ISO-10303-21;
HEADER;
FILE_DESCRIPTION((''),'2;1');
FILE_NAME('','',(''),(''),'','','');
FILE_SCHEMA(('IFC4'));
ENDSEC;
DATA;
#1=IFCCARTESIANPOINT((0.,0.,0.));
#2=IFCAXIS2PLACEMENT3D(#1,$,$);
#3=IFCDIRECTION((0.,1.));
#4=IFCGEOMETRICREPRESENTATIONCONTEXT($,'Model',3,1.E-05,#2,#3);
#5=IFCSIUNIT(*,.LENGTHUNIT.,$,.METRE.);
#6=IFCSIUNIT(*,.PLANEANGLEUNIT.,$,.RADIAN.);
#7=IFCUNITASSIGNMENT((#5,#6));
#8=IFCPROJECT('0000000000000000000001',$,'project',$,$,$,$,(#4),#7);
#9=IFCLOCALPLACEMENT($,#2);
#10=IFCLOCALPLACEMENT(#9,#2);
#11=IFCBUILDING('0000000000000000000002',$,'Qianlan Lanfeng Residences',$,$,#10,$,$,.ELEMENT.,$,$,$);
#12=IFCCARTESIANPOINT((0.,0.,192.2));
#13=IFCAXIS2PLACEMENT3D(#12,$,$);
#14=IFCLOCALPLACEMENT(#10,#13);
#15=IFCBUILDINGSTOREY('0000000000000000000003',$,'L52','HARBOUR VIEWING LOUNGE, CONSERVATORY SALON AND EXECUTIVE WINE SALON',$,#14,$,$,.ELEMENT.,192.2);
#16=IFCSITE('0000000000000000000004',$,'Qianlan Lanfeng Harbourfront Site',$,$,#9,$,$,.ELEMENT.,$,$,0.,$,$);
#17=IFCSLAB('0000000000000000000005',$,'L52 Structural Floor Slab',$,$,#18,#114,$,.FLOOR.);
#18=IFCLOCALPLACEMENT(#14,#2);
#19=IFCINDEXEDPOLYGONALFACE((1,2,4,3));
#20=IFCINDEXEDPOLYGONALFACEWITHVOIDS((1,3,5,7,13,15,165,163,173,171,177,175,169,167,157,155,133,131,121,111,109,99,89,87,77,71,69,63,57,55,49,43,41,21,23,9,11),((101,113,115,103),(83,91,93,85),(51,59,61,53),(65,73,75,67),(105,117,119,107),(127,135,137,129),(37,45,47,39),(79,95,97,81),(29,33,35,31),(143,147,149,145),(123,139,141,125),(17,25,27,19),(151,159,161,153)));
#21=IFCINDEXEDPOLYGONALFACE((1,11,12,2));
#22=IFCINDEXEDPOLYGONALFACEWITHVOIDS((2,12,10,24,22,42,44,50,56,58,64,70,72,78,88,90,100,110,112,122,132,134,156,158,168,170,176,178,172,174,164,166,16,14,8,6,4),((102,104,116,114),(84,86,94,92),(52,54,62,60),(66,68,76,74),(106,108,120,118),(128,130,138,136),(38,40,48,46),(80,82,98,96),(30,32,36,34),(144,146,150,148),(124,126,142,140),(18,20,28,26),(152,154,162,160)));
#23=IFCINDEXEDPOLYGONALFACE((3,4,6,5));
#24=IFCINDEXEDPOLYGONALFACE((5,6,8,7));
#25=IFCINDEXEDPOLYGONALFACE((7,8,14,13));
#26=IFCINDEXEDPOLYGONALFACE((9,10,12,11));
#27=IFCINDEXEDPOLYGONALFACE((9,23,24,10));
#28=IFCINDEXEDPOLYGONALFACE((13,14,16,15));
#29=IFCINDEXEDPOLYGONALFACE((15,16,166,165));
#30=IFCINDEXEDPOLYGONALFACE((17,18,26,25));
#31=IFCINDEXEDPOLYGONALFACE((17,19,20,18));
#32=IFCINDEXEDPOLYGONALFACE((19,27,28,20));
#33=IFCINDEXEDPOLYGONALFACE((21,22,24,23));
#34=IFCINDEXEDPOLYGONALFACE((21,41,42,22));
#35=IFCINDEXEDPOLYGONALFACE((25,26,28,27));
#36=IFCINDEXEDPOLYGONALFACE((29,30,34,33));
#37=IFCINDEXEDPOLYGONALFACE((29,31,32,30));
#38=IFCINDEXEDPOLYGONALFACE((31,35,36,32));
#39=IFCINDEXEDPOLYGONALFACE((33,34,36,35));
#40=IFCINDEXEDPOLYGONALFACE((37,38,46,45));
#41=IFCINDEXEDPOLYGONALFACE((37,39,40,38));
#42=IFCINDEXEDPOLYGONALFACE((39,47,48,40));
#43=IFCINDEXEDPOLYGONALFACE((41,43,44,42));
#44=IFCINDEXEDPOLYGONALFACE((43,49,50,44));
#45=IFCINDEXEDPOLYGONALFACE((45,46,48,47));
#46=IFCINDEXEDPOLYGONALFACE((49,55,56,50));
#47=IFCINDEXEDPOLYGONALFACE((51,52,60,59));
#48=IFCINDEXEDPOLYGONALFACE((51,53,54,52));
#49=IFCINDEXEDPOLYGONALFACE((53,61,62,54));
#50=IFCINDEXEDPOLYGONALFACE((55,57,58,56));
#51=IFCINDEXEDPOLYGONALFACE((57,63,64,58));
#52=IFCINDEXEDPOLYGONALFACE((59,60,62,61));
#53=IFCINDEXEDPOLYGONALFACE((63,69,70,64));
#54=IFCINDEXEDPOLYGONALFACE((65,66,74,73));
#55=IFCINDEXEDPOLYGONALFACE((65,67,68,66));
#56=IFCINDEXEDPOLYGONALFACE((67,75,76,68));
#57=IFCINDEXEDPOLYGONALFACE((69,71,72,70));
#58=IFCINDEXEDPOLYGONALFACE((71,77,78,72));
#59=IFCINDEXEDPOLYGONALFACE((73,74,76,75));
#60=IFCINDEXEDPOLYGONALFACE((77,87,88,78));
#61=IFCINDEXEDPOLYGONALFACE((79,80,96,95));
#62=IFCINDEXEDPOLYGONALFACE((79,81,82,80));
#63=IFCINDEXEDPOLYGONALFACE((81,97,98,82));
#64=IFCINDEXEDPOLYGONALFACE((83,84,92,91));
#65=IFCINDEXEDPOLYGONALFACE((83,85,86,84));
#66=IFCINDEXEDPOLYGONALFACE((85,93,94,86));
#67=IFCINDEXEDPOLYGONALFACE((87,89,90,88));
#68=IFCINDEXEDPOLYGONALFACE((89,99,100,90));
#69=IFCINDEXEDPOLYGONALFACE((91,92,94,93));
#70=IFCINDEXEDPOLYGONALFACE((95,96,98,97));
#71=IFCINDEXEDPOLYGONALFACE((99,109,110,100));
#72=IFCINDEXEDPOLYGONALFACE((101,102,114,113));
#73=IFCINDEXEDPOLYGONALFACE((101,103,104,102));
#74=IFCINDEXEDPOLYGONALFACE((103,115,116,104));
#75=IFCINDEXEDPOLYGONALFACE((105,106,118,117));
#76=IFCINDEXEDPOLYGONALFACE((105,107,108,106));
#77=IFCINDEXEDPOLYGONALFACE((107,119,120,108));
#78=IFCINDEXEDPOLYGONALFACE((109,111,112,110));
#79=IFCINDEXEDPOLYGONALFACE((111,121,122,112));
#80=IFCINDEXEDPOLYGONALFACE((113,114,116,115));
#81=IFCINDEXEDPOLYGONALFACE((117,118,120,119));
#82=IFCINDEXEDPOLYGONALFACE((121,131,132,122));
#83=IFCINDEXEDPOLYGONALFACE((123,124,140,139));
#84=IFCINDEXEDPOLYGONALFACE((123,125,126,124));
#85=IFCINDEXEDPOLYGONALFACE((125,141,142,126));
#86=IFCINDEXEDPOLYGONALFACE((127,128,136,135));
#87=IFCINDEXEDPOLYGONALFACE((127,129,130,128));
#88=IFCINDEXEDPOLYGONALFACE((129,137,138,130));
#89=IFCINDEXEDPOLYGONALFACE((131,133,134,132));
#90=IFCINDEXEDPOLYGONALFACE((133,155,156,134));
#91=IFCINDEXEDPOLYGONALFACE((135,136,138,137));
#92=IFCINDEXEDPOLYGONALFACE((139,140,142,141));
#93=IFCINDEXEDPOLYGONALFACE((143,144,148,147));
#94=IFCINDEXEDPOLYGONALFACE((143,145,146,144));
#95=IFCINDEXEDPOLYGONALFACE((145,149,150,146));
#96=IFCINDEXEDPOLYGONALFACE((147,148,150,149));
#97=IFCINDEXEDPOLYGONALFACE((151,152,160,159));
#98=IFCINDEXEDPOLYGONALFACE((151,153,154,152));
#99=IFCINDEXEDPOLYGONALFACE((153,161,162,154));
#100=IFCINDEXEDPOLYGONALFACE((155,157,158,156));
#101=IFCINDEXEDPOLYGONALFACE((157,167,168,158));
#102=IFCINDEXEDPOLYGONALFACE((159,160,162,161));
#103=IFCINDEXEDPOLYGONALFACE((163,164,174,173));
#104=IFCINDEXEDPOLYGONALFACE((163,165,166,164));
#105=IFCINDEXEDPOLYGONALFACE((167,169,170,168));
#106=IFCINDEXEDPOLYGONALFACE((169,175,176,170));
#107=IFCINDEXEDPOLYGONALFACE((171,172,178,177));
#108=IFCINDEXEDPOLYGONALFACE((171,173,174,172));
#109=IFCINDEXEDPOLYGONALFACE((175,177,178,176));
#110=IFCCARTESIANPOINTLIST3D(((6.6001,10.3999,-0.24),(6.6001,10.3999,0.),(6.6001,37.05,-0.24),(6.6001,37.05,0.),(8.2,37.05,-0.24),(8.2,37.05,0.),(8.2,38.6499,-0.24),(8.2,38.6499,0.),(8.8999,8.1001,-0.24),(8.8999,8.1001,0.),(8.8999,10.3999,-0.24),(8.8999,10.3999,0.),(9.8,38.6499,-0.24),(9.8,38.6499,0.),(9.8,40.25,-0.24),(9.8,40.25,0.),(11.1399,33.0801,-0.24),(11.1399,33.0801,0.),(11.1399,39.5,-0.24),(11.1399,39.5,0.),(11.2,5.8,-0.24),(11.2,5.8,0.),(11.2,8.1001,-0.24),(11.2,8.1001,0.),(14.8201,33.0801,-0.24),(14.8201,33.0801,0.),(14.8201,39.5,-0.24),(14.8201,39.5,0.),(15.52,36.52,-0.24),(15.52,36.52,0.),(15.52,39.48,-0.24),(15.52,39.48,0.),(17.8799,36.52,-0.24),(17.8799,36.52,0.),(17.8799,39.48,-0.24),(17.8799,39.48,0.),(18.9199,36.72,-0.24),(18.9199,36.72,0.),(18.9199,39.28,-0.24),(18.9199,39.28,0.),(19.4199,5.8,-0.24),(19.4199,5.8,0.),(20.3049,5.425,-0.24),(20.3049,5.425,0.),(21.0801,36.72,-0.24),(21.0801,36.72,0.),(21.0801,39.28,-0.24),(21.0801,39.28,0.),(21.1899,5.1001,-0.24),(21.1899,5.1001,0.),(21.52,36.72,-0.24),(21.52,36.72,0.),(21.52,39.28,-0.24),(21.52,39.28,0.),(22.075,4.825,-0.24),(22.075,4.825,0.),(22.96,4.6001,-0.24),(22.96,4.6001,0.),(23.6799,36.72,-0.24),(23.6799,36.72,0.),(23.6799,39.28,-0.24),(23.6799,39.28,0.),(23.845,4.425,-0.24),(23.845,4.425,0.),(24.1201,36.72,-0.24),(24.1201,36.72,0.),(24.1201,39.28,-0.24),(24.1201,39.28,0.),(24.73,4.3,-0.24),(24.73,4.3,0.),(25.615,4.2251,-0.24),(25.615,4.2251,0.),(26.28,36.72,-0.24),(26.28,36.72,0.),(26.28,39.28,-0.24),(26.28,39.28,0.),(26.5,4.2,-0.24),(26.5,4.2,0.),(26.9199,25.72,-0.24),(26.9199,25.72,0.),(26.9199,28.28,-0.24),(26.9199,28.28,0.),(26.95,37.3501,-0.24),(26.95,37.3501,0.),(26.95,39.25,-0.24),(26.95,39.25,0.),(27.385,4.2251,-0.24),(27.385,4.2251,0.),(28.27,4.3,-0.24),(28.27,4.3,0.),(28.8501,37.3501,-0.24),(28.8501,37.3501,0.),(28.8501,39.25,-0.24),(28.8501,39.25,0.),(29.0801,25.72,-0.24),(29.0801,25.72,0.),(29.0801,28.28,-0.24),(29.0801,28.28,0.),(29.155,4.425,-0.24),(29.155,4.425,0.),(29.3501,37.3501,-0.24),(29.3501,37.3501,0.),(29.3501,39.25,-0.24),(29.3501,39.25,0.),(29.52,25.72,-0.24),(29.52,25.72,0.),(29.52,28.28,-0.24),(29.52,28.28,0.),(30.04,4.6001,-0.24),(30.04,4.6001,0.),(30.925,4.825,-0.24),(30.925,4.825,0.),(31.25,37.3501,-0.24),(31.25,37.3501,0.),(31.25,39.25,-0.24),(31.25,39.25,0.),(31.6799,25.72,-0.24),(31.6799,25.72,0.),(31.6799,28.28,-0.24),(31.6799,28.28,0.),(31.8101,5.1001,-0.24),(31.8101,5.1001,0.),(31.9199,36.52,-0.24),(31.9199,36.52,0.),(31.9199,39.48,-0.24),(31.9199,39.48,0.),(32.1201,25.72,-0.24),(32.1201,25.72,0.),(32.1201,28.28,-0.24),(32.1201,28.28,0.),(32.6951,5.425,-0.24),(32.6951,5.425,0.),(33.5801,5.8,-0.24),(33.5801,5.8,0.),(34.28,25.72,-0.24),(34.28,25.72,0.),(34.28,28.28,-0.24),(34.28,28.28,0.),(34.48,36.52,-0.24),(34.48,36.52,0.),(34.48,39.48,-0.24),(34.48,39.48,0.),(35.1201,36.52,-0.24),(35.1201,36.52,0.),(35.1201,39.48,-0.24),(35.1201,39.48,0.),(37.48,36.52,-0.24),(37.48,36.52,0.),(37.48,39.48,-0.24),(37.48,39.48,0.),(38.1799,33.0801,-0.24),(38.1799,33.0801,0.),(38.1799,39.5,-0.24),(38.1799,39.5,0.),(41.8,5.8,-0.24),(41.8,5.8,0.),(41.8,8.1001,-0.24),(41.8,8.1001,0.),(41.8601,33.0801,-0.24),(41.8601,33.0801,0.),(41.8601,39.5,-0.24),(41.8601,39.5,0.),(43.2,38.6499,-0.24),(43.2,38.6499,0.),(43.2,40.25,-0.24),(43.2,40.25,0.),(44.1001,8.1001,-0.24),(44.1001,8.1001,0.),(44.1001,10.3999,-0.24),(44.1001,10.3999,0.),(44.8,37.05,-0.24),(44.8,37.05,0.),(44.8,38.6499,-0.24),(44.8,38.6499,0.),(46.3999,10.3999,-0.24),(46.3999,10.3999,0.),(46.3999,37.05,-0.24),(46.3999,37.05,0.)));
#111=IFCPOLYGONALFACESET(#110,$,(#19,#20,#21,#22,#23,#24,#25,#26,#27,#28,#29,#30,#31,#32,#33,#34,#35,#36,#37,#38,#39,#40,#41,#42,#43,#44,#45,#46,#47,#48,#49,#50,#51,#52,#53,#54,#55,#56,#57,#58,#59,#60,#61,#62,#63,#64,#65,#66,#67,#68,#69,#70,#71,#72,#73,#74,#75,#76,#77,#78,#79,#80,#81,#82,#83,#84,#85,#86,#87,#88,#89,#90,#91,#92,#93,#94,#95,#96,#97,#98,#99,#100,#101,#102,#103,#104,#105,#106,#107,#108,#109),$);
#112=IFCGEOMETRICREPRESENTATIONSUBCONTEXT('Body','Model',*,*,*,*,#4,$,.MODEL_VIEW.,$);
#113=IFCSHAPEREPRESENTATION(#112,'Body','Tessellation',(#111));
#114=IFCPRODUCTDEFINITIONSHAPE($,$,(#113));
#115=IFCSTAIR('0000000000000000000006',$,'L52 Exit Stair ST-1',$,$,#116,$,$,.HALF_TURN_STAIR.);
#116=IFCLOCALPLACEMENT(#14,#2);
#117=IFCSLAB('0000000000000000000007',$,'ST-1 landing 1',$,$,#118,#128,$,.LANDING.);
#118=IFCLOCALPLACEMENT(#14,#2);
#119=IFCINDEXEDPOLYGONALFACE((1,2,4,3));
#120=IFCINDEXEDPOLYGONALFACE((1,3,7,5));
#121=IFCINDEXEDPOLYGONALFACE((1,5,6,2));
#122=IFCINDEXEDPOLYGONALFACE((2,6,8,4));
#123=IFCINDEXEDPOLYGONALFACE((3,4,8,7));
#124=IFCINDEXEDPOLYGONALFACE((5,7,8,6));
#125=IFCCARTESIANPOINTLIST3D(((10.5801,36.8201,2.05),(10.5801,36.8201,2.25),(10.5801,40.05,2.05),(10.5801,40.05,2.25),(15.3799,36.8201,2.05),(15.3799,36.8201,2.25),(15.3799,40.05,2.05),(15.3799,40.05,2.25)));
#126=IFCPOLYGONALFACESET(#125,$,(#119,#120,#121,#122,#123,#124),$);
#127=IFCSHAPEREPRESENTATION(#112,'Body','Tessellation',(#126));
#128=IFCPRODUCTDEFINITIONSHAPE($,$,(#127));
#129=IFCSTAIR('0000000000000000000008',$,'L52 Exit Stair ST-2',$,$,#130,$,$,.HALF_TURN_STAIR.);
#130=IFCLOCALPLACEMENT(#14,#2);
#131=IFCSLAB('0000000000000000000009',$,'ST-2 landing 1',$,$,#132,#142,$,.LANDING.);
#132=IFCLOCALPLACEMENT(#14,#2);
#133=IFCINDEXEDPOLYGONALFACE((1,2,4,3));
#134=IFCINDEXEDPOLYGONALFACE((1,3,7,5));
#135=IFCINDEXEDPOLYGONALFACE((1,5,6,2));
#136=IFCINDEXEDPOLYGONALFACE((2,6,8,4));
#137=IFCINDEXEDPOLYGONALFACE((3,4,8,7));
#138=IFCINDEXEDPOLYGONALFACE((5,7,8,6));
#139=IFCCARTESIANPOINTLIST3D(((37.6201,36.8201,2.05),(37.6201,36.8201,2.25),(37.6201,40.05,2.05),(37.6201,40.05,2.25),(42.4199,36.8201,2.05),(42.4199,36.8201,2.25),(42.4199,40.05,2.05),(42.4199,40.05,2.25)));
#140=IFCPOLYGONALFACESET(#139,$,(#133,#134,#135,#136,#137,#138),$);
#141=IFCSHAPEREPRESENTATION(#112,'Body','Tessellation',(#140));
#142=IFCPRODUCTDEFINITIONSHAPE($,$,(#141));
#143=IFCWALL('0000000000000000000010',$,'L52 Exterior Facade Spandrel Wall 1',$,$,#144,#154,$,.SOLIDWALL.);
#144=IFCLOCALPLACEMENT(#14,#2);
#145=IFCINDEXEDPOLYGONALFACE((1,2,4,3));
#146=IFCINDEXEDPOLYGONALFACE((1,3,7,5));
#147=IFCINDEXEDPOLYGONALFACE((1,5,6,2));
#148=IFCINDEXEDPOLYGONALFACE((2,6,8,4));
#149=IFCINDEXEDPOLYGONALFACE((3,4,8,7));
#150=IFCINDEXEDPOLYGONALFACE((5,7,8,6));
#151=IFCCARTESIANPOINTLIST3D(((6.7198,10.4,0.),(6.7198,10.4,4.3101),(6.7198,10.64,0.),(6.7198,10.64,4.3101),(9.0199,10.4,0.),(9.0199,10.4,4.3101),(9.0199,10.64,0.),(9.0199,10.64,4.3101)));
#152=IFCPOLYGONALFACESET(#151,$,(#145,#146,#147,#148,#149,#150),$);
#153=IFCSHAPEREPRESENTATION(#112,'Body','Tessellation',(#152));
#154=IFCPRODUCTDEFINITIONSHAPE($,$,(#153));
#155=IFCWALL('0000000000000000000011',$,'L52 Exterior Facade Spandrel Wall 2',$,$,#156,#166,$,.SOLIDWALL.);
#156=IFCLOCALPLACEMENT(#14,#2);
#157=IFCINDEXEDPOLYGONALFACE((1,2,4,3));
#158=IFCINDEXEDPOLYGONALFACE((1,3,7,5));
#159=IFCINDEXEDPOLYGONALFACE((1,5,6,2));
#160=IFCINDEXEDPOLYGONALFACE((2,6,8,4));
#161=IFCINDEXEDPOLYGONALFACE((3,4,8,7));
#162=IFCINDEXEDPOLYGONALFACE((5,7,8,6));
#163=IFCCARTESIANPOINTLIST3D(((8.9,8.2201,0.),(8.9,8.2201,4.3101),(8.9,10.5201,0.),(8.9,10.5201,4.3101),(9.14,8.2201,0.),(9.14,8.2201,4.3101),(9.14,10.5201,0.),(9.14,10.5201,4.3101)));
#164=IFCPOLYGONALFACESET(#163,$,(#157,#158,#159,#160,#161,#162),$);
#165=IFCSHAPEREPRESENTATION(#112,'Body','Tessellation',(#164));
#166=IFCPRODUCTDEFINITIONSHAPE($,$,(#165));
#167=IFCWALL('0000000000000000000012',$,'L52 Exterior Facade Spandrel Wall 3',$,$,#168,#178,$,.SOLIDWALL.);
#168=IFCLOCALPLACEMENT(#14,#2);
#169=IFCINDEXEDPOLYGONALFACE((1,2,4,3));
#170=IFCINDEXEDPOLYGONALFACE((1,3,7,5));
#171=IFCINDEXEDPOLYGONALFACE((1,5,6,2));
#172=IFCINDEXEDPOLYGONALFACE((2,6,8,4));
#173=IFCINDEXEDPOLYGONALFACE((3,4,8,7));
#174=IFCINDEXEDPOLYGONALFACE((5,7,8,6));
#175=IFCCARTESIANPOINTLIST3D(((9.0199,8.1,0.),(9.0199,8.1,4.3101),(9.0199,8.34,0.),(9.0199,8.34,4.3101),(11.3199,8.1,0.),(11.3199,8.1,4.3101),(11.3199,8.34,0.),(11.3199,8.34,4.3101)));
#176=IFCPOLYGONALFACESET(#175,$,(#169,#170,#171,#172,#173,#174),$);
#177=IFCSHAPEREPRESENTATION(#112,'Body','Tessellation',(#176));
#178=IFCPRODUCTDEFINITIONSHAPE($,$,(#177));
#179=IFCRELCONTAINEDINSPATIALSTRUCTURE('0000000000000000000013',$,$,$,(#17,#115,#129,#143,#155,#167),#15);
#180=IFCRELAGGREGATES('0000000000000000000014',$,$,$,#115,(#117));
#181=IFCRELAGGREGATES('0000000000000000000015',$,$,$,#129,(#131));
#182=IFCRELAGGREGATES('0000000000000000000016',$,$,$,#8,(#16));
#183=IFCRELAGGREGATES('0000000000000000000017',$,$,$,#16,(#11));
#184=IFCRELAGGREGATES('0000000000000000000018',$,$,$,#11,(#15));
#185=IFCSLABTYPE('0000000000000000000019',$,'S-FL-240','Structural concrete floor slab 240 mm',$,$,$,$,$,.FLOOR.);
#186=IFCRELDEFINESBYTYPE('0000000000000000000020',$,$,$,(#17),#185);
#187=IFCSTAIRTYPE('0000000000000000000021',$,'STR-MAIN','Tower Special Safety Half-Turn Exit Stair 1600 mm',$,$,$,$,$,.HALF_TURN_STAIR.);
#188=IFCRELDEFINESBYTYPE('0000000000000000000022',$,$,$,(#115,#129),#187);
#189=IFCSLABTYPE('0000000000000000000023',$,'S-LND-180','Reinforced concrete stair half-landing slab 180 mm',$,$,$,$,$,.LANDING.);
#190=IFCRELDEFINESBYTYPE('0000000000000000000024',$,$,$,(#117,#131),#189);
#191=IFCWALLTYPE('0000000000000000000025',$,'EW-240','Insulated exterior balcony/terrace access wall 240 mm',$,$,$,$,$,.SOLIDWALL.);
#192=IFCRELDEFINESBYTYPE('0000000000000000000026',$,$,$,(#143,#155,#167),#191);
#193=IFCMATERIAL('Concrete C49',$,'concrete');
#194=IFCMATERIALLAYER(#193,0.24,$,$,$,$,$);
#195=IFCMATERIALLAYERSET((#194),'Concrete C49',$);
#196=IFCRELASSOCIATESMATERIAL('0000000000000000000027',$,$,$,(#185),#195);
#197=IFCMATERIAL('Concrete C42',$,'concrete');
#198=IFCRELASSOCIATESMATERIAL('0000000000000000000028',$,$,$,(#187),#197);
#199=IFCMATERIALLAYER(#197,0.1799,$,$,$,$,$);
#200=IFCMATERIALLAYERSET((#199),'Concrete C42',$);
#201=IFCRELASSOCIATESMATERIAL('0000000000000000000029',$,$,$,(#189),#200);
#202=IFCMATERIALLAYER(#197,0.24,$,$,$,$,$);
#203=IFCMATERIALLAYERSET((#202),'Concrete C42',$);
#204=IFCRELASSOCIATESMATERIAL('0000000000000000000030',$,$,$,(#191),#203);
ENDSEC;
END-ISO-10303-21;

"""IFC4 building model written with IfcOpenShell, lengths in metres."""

from ifc_helpers import new_model, si_unit, direction, frame, frame_2d, origin, place, context, subcontext, project, spatial, polyline, rectangle, outline, extrude, material, layer, layer_set, type_object, element, aggregate, save


model = new_model("IFC4")

# Units and contexts
model_context = context("Model", 3, precision=1e-05, world=origin(), true_north=direction((0.0, 1.0)))
body_context = subcontext(model_context, "Body", "Model", "MODEL_VIEW")
ifc_project = project(units=[si_unit("LENGTHUNIT", "METRE"), si_unit("PLANEANGLEUNIT", "RADIAN")], contexts=[model_context])

# Site, building, storey
site_placement = place(None, origin())
site = spatial("IfcSite", under=ifc_project, at=site_placement, Name="Qianlan Lanfeng Harbourfront Site", CompositionType="ELEMENT", RefElevation=0.0)
building_placement = place(site_placement, origin())
building = spatial("IfcBuilding", under=site, at=building_placement, Name="Qianlan Lanfeng Residences", CompositionType="ELEMENT")
storey_placement = place(building_placement, frame((0.0, 0.0, 192.2)))
storey = spatial("IfcBuildingStorey", under=building, at=storey_placement, Name="L52", Description="HARBOUR VIEWING LOUNGE, CONSERVATORY SALON AND EXECUTIVE WINE SALON", CompositionType="ELEMENT", Elevation=192.2)

# Slab
ifc_material_1 = material(Name="Concrete C49", Category="concrete")
ifc_layer_1 = layer(ifc_material_1, 0.24)
ifc_layer_set_1 = layer_set([ifc_layer_1], Name="Concrete C49")
slab_type_1 = type_object("IfcSlabType", Name="S-FL-240", Description="Structural concrete floor slab 240 mm", PredefinedType="FLOOR", material=ifc_layer_set_1)
slab_1_placement = place(storey_placement, frame((0.0, 0.0, -0.24)))
element("IfcSlab", 1, at=slab_1_placement, inside=storey, type_object=slab_type_1, Name="L52 Structural Floor Slab", PredefinedType="FLOOR", context=body_context, shape_type="SweptSolid", body=[
    extrude(outline(polyline([(6.6001, 10.3999), (8.8999, 10.3999), (8.8999, 8.1001), (11.2, 8.1001), (11.2, 5.8), (19.4199, 5.8), (20.3049, 5.425), (21.1899, 5.1001), (22.075, 4.825), (22.96, 4.6001), (23.845, 4.425), (24.73, 4.3), (25.615, 4.2251), (26.5, 4.2), (27.385, 4.2251), (28.27, 4.3), (29.155, 4.425), (30.04, 4.6001), (30.925, 4.825), (31.8101, 5.1001), (32.6951, 5.425), (33.5801, 5.8), (41.8, 5.8), (41.8, 8.1001), (44.1001, 8.1001), (44.1001, 10.3999), (46.3999, 10.3999), (46.3999, 37.05), (44.8, 37.05), (44.8, 38.6499), (43.2, 38.6499), (43.2, 40.25), (9.8, 40.25), (9.8, 38.6499), (8.2, 38.6499), (8.2, 37.05), (6.6001, 37.05), (6.6001, 10.3999)]), holes=[polyline([(11.1399, 33.0801), (11.1399, 39.5), (14.8201, 39.5), (14.8201, 33.0801), (11.1399, 33.0801)]), polyline([(38.1799, 33.0801), (38.1799, 39.5), (41.8601, 39.5), (41.8601, 33.0801), (38.1799, 33.0801)]), polyline([(15.52, 36.52), (15.52, 39.48), (17.8799, 39.48), (17.8799, 36.52), (15.52, 36.52)]), polyline([(35.1201, 36.52), (35.1201, 39.48), (37.48, 39.48), (37.48, 36.52), (35.1201, 36.52)]), polyline([(31.9199, 36.52), (31.9199, 39.48), (34.48, 39.48), (34.48, 36.52), (31.9199, 36.52)]), polyline([(26.9199, 25.72), (26.9199, 28.28), (29.0801, 28.28), (29.0801, 25.72), (26.9199, 25.72)]), polyline([(29.52, 25.72), (29.52, 28.28), (31.6799, 28.28), (31.6799, 25.72), (29.52, 25.72)]), polyline([(32.1201, 25.72), (32.1201, 28.28), (34.28, 28.28), (34.28, 25.72), (32.1201, 25.72)]), polyline([(18.9199, 36.72), (18.9199, 39.28), (21.0801, 39.28), (21.0801, 36.72), (18.9199, 36.72)]), polyline([(21.52, 36.72), (21.52, 39.28), (23.6799, 39.28), (23.6799, 36.72), (21.52, 36.72)]), polyline([(24.1201, 36.72), (24.1201, 39.28), (26.28, 39.28), (26.28, 36.72), (24.1201, 36.72)]), polyline([(26.95, 37.3501), (26.95, 39.25), (28.8501, 39.25), (28.8501, 37.3501), (26.95, 37.3501)]), polyline([(29.3501, 37.3501), (29.3501, 39.25), (31.25, 39.25), (31.25, 37.3501), (29.3501, 37.3501)])]), origin(), (0.0, 0.0, 1.0), 0.24),
])

# Stairs, slabs
ifc_material_2 = material(Name="Concrete C42", Category="concrete")
stair_type = type_object("IfcStairType", Name="STR-MAIN", Description="Tower Special Safety Half-Turn Exit Stair 1600 mm", PredefinedType="HALF_TURN_STAIR", material=ifc_material_2)
stair_1_placement = place(storey_placement, origin())
stair_1 = element("IfcStair", 2, at=stair_1_placement, inside=storey, type_object=stair_type, Name="L52 Exit Stair ST-1", PredefinedType="HALF_TURN_STAIR")
ifc_layer_2 = layer(ifc_material_2, 0.1799)
ifc_layer_set_2 = layer_set([ifc_layer_2], Name="Concrete C42")
slab_type_2 = type_object("IfcSlabType", Name="S-LND-180", Description="Reinforced concrete stair half-landing slab 180 mm", PredefinedType="LANDING", material=ifc_layer_set_2)
slab_2_placement = place(storey_placement, frame((0.0, 0.0, 2.05)))
slab_2 = element("IfcSlab", 3, at=slab_2_placement, type_object=slab_type_2, Name="ST-1 landing 1", PredefinedType="LANDING", context=body_context, shape_type="SweptSolid", body=[
    extrude(outline(polyline([(10.5801, 36.8201), (15.3799, 36.8201), (15.3799, 40.05), (10.5801, 40.05), (10.5801, 36.8201)])), origin(), (0.0, 0.0, 1.0), 0.2),
])
aggregate(stair_1, [slab_2])
stair_2_placement = place(storey_placement, origin())
stair_2 = element("IfcStair", 4, at=stair_2_placement, inside=storey, type_object=stair_type, Name="L52 Exit Stair ST-2", PredefinedType="HALF_TURN_STAIR")
slab_3_placement = place(storey_placement, frame((0.0, 0.0, 2.05)))
slab_3 = element("IfcSlab", 5, at=slab_3_placement, type_object=slab_type_2, Name="ST-2 landing 1", PredefinedType="LANDING", context=body_context, shape_type="SweptSolid", body=[
    extrude(outline(polyline([(37.6201, 36.8201), (42.4199, 36.8201), (42.4199, 40.05), (37.6201, 40.05), (37.6201, 36.8201)])), origin(), (0.0, 0.0, 1.0), 0.2),
])
aggregate(stair_2, [slab_3])

# Walls
ifc_layer_3 = layer(ifc_material_2, 0.24)
ifc_layer_set_3 = layer_set([ifc_layer_3], Name="Concrete C42")
wall_type = type_object("IfcWallType", Name="EW-240", Description="Insulated exterior balcony/terrace access wall 240 mm", PredefinedType="SOLIDWALL", material=ifc_layer_set_3)
for number, where, z_axis, x_axis, name in (
    (6, (6.72, 10.52, 0.0), (0.0, 0.0, 1.0), (1.0, 0.0, 0.0), "L52 Exterior Facade Spandrel Wall 1"),
    (7, (9.02, 10.52, 0.0), (0.0, 0.0, 1.0), (0.0, -1.0, 0.0), "L52 Exterior Facade Spandrel Wall 2"),
    (8, (9.02, 8.22, 0.0), (0.0, 0.0, 1.0), (1.0, 0.0, 0.0), "L52 Exterior Facade Spandrel Wall 3"),
):
    element("IfcWall", number, at=place(storey_placement, frame(where, z_axis=z_axis, x_axis=x_axis)), inside=storey, type_object=wall_type, Name=name, PredefinedType="SOLIDWALL", context=body_context, shape_type="SweptSolid", body=[
        extrude(rectangle(XDim=2.3, YDim=0.24, at=frame_2d((1.1499, 0.0))), origin(), (0.0, 0.0, 1.0), 4.3101),
    ])

save(model, "model.ifc")
